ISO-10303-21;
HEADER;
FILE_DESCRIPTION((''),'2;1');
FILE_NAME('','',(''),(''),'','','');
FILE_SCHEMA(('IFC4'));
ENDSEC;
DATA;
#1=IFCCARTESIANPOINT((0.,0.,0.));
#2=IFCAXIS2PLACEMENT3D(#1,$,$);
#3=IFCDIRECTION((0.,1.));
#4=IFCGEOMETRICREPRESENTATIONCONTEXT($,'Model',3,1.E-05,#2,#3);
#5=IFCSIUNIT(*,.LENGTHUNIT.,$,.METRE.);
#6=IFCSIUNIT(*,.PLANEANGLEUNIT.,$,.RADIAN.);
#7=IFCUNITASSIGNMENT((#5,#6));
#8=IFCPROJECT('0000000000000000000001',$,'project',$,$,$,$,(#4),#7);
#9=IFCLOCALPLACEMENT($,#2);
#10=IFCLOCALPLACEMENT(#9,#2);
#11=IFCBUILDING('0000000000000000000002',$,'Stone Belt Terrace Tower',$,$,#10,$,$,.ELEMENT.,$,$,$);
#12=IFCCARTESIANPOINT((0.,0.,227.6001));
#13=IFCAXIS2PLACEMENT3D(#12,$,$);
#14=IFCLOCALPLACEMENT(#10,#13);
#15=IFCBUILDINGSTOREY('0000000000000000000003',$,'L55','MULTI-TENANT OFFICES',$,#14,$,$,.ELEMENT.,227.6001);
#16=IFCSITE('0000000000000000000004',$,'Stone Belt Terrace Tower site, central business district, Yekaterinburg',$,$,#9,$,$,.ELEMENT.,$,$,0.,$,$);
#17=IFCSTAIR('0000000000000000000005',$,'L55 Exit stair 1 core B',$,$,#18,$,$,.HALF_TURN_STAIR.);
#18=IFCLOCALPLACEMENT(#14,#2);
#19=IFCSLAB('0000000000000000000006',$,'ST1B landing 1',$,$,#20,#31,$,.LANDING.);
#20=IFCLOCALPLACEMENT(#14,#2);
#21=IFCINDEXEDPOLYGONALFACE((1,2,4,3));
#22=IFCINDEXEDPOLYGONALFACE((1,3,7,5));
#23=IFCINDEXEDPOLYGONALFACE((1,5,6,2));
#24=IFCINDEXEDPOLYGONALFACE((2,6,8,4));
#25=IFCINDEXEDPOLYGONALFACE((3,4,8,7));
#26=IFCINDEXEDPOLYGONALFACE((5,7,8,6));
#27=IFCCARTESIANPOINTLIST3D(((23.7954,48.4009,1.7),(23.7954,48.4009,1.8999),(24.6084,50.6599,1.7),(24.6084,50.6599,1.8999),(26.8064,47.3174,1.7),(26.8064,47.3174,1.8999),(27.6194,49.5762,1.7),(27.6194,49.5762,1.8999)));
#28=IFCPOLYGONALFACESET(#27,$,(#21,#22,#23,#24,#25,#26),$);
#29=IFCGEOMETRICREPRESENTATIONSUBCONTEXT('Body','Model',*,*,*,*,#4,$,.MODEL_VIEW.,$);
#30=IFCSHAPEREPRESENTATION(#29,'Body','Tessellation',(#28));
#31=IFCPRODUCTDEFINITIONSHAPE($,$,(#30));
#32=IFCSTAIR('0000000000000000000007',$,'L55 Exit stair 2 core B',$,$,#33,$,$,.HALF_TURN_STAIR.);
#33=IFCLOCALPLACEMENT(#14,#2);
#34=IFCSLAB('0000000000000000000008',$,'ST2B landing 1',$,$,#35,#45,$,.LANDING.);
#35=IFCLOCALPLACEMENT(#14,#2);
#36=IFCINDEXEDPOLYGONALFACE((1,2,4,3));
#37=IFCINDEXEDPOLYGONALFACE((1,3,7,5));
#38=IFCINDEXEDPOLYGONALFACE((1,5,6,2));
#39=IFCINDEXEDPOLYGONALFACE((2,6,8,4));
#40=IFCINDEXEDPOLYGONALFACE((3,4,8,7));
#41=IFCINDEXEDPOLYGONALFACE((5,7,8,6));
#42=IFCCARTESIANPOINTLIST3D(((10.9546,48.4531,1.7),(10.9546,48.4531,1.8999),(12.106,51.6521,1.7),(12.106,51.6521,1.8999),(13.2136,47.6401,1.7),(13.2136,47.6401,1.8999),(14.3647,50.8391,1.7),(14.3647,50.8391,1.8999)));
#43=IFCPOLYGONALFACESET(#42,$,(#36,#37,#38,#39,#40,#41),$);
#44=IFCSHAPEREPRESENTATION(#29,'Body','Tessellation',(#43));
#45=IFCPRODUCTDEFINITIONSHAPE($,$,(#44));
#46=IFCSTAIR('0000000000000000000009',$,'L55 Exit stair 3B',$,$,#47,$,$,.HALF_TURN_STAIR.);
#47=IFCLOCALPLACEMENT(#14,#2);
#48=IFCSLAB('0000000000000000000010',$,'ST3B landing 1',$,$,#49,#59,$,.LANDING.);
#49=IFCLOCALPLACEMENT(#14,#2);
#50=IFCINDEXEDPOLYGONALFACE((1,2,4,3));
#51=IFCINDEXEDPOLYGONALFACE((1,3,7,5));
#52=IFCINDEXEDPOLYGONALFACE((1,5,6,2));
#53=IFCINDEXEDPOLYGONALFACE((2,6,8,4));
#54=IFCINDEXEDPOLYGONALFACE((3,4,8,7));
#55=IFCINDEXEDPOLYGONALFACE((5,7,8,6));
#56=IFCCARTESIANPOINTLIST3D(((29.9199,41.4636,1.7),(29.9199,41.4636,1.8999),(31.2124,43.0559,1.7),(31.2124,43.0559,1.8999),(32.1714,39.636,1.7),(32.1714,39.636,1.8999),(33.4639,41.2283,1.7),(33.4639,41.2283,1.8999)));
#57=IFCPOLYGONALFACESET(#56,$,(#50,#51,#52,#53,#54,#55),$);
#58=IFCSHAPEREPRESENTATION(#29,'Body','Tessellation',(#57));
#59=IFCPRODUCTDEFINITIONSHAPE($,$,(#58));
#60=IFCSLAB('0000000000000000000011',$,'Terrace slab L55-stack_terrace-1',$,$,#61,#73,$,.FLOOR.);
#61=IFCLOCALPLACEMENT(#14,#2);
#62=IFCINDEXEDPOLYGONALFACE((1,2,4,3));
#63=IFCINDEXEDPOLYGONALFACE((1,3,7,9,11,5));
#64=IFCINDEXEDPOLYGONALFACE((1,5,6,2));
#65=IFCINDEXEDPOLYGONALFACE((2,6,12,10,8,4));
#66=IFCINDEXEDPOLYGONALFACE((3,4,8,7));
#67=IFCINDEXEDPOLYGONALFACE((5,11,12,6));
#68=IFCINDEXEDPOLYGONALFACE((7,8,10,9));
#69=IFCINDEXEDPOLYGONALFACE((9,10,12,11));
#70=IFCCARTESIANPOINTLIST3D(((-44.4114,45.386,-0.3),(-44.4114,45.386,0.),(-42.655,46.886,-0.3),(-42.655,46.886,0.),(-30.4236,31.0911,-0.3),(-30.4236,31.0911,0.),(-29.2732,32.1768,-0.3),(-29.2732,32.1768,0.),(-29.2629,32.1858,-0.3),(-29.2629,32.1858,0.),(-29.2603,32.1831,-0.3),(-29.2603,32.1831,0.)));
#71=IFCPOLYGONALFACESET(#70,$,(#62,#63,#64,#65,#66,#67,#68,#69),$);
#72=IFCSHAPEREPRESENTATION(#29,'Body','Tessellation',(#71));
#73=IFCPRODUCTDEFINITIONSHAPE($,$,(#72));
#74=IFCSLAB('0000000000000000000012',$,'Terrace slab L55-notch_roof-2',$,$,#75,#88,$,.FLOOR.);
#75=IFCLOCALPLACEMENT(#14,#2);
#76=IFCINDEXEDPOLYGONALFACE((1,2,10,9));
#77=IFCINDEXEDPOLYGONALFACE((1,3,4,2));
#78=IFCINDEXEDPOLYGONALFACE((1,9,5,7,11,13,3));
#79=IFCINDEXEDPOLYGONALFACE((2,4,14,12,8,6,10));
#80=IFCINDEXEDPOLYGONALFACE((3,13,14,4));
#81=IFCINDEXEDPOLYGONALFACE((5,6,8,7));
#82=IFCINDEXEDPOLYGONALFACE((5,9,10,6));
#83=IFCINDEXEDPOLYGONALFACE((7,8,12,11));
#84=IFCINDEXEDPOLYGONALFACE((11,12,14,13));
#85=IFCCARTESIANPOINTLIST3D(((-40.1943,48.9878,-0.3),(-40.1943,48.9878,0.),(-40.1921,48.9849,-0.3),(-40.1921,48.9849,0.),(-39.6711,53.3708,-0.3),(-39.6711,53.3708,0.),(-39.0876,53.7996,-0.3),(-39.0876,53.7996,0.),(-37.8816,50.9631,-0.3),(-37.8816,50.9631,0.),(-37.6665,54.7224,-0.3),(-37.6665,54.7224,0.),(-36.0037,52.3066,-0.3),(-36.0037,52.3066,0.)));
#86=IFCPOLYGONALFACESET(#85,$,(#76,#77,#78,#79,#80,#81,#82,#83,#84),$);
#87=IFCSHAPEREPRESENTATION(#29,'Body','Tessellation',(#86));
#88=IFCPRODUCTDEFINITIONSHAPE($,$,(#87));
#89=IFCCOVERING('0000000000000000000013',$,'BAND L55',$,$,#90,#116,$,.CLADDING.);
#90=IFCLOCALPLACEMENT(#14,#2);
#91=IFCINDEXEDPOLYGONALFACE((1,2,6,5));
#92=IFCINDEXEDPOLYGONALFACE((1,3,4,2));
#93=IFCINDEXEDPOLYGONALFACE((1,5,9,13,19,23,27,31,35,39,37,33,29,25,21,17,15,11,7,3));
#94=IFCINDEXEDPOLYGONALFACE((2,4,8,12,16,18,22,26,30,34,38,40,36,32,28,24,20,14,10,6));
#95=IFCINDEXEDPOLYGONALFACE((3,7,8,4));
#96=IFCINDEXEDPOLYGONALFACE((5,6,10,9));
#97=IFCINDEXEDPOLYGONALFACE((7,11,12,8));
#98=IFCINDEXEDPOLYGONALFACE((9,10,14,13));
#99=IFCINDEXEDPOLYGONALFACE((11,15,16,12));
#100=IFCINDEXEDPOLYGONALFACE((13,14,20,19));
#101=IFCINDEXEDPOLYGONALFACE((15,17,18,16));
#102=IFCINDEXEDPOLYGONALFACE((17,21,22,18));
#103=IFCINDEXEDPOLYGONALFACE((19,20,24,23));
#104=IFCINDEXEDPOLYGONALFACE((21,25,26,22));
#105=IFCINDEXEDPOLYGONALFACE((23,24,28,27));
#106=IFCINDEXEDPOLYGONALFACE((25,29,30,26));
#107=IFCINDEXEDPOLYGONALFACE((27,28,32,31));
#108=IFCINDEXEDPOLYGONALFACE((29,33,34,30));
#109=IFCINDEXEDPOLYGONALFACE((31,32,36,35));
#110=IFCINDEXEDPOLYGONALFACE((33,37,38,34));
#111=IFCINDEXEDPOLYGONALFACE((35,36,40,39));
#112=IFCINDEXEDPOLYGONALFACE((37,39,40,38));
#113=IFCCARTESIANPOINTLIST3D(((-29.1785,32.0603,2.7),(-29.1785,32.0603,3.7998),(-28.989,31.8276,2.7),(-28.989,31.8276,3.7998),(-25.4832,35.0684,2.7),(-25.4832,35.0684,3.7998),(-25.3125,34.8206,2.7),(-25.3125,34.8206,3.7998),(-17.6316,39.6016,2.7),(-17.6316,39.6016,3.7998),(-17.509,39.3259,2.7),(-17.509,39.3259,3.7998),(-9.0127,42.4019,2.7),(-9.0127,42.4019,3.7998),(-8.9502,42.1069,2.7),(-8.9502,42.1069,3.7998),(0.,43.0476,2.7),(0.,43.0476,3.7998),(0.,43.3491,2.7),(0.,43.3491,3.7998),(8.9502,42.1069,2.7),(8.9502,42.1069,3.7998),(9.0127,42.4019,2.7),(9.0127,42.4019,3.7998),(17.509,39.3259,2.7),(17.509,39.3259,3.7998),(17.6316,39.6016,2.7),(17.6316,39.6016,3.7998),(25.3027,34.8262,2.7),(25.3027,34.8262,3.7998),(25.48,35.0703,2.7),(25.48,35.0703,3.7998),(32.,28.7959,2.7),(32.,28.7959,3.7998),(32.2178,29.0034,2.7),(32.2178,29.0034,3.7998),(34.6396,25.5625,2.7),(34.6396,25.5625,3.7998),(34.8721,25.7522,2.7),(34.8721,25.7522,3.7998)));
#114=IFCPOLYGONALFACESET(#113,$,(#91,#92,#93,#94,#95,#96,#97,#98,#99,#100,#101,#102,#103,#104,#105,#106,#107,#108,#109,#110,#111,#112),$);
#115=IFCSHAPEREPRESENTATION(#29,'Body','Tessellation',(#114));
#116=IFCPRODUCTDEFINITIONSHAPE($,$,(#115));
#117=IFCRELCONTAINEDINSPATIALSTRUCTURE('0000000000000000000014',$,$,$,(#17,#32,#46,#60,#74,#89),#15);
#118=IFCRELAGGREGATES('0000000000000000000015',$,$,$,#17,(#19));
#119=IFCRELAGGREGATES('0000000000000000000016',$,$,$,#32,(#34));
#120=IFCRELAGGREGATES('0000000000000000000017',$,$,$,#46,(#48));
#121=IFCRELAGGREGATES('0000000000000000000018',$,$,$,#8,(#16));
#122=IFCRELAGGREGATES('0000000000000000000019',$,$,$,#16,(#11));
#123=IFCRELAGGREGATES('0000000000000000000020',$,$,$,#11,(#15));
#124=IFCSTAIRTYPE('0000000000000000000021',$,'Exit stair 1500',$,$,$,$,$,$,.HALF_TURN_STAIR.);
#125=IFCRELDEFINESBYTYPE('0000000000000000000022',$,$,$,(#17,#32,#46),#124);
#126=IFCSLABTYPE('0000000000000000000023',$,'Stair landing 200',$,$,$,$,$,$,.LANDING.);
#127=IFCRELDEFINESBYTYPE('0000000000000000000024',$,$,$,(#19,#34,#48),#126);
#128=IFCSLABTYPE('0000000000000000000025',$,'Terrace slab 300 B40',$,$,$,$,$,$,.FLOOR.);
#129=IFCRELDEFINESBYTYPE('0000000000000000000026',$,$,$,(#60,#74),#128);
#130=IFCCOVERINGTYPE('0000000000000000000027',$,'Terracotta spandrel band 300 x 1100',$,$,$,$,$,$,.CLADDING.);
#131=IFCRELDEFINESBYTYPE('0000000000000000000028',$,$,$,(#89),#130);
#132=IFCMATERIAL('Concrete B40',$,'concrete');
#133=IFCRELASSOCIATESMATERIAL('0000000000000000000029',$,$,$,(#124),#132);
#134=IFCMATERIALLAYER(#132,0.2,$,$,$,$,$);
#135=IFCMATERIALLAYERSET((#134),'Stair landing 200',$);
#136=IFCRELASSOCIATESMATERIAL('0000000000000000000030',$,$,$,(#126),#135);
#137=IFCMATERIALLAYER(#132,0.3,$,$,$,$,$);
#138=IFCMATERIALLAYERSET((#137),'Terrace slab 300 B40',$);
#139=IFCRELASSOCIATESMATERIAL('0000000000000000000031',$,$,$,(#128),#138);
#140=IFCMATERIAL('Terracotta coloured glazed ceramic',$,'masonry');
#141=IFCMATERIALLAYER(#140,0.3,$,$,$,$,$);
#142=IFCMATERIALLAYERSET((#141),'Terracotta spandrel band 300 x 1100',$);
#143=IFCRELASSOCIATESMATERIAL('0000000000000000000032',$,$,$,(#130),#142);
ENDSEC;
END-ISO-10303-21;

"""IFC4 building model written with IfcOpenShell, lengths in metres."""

from ifc_helpers import new_model, si_unit, direction, frame, origin, place, context, subcontext, project, spatial, polyline, outline, extrude, material, layer, layer_set, type_object, element, aggregate, save


model = new_model("IFC4")

# Units and contexts
model_context = context("Model", 3, precision=1e-05, world=origin(), true_north=direction((0.0, 1.0)))
body_context = subcontext(model_context, "Body", "Model", "MODEL_VIEW")
ifc_project = project(units=[si_unit("LENGTHUNIT", "METRE"), si_unit("PLANEANGLEUNIT", "RADIAN")], contexts=[model_context])

# Site, building, storey
site_placement = place(None, origin())
site = spatial("IfcSite", under=ifc_project, at=site_placement, Name="Stone Belt Terrace Tower site, central business district, Yekaterinburg", CompositionType="ELEMENT", RefElevation=0.0)
building_placement = place(site_placement, origin())
building = spatial("IfcBuilding", under=site, at=building_placement, Name="Stone Belt Terrace Tower", CompositionType="ELEMENT")
storey_placement = place(building_placement, frame((0.0, 0.0, 227.6001)))
storey = spatial("IfcBuildingStorey", under=building, at=storey_placement, Name="L55", Description="MULTI-TENANT OFFICES", CompositionType="ELEMENT", Elevation=227.6001)

# Shared definitions
ifc_material_1 = material(Name="Concrete B40", Category="concrete")

# Stairs, slabs
stair_type = type_object("IfcStairType", Name="Exit stair 1500", PredefinedType="HALF_TURN_STAIR", material=ifc_material_1)
ifc_layer_1 = layer(ifc_material_1, 0.2)
ifc_layer_set_1 = layer_set([ifc_layer_1], Name="Stair landing 200")
slab_type_1 = type_object("IfcSlabType", Name="Stair landing 200", PredefinedType="LANDING", material=ifc_layer_set_1)
stair_1_placement = place(storey_placement, origin())
stair_1 = element("IfcStair", 1, at=stair_1_placement, inside=storey, type_object=stair_type, Name="L55 Exit stair 1 core B", PredefinedType="HALF_TURN_STAIR")
slab_1_placement = place(storey_placement, frame((0.0, 0.0, 1.7)))
slab_1 = element("IfcSlab", 2, at=slab_1_placement, type_object=slab_type_1, Name="ST1B landing 1", PredefinedType="LANDING", context=body_context, shape_type="SweptSolid", body=[
    extrude(outline(polyline([(26.8064, 47.3174), (27.6194, 49.5762), (24.6084, 50.6599), (23.7954, 48.4009), (26.8064, 47.3174)])), origin(), (0.0, 0.0, 1.0), 0.2),
])
aggregate(stair_1, [slab_1])
stair_2_placement = place(storey_placement, origin())
stair_2 = element("IfcStair", 3, at=stair_2_placement, inside=storey, type_object=stair_type, Name="L55 Exit stair 2 core B", PredefinedType="HALF_TURN_STAIR")
slab_2_placement = place(storey_placement, frame((0.0, 0.0, 1.7)))
slab_2 = element("IfcSlab", 4, at=slab_2_placement, type_object=slab_type_1, Name="ST2B landing 1", PredefinedType="LANDING", context=body_context, shape_type="SweptSolid", body=[
    extrude(outline(polyline([(14.3647, 50.8391), (12.106, 51.6521), (10.9546, 48.4531), (13.2136, 47.6401), (14.3647, 50.8391)])), origin(), (0.0, 0.0, 1.0), 0.2),
])
aggregate(stair_2, [slab_2])
stair_3_placement = place(storey_placement, origin())
stair_3 = element("IfcStair", 5, at=stair_3_placement, inside=storey, type_object=stair_type, Name="L55 Exit stair 3B", PredefinedType="HALF_TURN_STAIR")
slab_3_placement = place(storey_placement, frame((0.0, 0.0, 1.7)))
slab_3 = element("IfcSlab", 6, at=slab_3_placement, type_object=slab_type_1, Name="ST3B landing 1", PredefinedType="LANDING", context=body_context, shape_type="SweptSolid", body=[
    extrude(outline(polyline([(32.1714, 39.636), (33.4639, 41.2283), (31.2124, 43.0559), (29.9199, 41.4636), (32.1714, 39.636)])), origin(), (0.0, 0.0, 1.0), 0.2),
])
aggregate(stair_3, [slab_3])

# Slabs
ifc_layer_2 = layer(ifc_material_1, 0.3)
ifc_layer_set_2 = layer_set([ifc_layer_2], Name="Terrace slab 300 B40")
slab_type_2 = type_object("IfcSlabType", Name="Terrace slab 300 B40", PredefinedType="FLOOR", material=ifc_layer_set_2)
slab_4_placement = place(storey_placement, frame((0.0, 0.0, -0.3)))
element("IfcSlab", 7, at=slab_4_placement, inside=storey, type_object=slab_type_2, Name="Terrace slab L55-stack_terrace-1", PredefinedType="FLOOR", context=body_context, shape_type="SweptSolid", body=[
    extrude(outline(polyline([(-44.4114, 45.386), (-30.4236, 31.0911), (-29.2603, 32.1831), (-29.2629, 32.1858), (-29.2732, 32.1768), (-42.655, 46.886), (-44.4114, 45.386)])), origin(), (0.0, 0.0, 1.0), 0.3),
])
slab_5_placement = place(storey_placement, frame((0.0, 0.0, -0.3)))
element("IfcSlab", 8, at=slab_5_placement, inside=storey, type_object=slab_type_2, Name="Terrace slab L55-notch_roof-2", PredefinedType="FLOOR", context=body_context, shape_type="SweptSolid", body=[
    extrude(outline(polyline([(-39.6711, 53.3708), (-37.8816, 50.9631), (-40.1943, 48.9878), (-40.1921, 48.9849), (-36.0037, 52.3066), (-37.6665, 54.7224), (-39.0876, 53.7996), (-39.6711, 53.3708)])), origin(), (0.0, 0.0, 1.0), 0.3),
])

# Covering
ifc_material_2 = material(Name="Terracotta coloured glazed ceramic", Category="masonry")
ifc_layer_3 = layer(ifc_material_2, 0.3)
ifc_layer_set_3 = layer_set([ifc_layer_3], Name="Terracotta spandrel band 300 x 1100")
covering_type = type_object("IfcCoveringType", Name="Terracotta spandrel band 300 x 1100", PredefinedType="CLADDING", material=ifc_layer_set_3)
covering_placement = place(storey_placement, frame((0.0, 0.0, 2.7)))
element("IfcCovering", 9, at=covering_placement, inside=storey, type_object=covering_type, Name="BAND L55", PredefinedType="CLADDING", context=body_context, shape_type="SweptSolid", body=[
    extrude(outline(polyline([(-29.1785, 32.0603), (-25.4832, 35.0684), (-17.6316, 39.6016), (-9.0127, 42.4019), (0.0, 43.3491), (9.0127, 42.4019), (17.6316, 39.6016), (25.48, 35.0703), (32.2178, 29.0034), (34.8721, 25.7522), (34.6396, 25.5625), (32.0, 28.7959), (25.3027, 34.8262), (17.509, 39.3259), (8.9502, 42.1069), (0.0, 43.0476), (-8.9502, 42.1069), (-17.509, 39.3259), (-25.3125, 34.8206), (-28.989, 31.8276), (-29.1785, 32.0603)])), origin(), (0.0, 0.0, 1.0), 1.0999),
])

save(model, "model.ifc")
